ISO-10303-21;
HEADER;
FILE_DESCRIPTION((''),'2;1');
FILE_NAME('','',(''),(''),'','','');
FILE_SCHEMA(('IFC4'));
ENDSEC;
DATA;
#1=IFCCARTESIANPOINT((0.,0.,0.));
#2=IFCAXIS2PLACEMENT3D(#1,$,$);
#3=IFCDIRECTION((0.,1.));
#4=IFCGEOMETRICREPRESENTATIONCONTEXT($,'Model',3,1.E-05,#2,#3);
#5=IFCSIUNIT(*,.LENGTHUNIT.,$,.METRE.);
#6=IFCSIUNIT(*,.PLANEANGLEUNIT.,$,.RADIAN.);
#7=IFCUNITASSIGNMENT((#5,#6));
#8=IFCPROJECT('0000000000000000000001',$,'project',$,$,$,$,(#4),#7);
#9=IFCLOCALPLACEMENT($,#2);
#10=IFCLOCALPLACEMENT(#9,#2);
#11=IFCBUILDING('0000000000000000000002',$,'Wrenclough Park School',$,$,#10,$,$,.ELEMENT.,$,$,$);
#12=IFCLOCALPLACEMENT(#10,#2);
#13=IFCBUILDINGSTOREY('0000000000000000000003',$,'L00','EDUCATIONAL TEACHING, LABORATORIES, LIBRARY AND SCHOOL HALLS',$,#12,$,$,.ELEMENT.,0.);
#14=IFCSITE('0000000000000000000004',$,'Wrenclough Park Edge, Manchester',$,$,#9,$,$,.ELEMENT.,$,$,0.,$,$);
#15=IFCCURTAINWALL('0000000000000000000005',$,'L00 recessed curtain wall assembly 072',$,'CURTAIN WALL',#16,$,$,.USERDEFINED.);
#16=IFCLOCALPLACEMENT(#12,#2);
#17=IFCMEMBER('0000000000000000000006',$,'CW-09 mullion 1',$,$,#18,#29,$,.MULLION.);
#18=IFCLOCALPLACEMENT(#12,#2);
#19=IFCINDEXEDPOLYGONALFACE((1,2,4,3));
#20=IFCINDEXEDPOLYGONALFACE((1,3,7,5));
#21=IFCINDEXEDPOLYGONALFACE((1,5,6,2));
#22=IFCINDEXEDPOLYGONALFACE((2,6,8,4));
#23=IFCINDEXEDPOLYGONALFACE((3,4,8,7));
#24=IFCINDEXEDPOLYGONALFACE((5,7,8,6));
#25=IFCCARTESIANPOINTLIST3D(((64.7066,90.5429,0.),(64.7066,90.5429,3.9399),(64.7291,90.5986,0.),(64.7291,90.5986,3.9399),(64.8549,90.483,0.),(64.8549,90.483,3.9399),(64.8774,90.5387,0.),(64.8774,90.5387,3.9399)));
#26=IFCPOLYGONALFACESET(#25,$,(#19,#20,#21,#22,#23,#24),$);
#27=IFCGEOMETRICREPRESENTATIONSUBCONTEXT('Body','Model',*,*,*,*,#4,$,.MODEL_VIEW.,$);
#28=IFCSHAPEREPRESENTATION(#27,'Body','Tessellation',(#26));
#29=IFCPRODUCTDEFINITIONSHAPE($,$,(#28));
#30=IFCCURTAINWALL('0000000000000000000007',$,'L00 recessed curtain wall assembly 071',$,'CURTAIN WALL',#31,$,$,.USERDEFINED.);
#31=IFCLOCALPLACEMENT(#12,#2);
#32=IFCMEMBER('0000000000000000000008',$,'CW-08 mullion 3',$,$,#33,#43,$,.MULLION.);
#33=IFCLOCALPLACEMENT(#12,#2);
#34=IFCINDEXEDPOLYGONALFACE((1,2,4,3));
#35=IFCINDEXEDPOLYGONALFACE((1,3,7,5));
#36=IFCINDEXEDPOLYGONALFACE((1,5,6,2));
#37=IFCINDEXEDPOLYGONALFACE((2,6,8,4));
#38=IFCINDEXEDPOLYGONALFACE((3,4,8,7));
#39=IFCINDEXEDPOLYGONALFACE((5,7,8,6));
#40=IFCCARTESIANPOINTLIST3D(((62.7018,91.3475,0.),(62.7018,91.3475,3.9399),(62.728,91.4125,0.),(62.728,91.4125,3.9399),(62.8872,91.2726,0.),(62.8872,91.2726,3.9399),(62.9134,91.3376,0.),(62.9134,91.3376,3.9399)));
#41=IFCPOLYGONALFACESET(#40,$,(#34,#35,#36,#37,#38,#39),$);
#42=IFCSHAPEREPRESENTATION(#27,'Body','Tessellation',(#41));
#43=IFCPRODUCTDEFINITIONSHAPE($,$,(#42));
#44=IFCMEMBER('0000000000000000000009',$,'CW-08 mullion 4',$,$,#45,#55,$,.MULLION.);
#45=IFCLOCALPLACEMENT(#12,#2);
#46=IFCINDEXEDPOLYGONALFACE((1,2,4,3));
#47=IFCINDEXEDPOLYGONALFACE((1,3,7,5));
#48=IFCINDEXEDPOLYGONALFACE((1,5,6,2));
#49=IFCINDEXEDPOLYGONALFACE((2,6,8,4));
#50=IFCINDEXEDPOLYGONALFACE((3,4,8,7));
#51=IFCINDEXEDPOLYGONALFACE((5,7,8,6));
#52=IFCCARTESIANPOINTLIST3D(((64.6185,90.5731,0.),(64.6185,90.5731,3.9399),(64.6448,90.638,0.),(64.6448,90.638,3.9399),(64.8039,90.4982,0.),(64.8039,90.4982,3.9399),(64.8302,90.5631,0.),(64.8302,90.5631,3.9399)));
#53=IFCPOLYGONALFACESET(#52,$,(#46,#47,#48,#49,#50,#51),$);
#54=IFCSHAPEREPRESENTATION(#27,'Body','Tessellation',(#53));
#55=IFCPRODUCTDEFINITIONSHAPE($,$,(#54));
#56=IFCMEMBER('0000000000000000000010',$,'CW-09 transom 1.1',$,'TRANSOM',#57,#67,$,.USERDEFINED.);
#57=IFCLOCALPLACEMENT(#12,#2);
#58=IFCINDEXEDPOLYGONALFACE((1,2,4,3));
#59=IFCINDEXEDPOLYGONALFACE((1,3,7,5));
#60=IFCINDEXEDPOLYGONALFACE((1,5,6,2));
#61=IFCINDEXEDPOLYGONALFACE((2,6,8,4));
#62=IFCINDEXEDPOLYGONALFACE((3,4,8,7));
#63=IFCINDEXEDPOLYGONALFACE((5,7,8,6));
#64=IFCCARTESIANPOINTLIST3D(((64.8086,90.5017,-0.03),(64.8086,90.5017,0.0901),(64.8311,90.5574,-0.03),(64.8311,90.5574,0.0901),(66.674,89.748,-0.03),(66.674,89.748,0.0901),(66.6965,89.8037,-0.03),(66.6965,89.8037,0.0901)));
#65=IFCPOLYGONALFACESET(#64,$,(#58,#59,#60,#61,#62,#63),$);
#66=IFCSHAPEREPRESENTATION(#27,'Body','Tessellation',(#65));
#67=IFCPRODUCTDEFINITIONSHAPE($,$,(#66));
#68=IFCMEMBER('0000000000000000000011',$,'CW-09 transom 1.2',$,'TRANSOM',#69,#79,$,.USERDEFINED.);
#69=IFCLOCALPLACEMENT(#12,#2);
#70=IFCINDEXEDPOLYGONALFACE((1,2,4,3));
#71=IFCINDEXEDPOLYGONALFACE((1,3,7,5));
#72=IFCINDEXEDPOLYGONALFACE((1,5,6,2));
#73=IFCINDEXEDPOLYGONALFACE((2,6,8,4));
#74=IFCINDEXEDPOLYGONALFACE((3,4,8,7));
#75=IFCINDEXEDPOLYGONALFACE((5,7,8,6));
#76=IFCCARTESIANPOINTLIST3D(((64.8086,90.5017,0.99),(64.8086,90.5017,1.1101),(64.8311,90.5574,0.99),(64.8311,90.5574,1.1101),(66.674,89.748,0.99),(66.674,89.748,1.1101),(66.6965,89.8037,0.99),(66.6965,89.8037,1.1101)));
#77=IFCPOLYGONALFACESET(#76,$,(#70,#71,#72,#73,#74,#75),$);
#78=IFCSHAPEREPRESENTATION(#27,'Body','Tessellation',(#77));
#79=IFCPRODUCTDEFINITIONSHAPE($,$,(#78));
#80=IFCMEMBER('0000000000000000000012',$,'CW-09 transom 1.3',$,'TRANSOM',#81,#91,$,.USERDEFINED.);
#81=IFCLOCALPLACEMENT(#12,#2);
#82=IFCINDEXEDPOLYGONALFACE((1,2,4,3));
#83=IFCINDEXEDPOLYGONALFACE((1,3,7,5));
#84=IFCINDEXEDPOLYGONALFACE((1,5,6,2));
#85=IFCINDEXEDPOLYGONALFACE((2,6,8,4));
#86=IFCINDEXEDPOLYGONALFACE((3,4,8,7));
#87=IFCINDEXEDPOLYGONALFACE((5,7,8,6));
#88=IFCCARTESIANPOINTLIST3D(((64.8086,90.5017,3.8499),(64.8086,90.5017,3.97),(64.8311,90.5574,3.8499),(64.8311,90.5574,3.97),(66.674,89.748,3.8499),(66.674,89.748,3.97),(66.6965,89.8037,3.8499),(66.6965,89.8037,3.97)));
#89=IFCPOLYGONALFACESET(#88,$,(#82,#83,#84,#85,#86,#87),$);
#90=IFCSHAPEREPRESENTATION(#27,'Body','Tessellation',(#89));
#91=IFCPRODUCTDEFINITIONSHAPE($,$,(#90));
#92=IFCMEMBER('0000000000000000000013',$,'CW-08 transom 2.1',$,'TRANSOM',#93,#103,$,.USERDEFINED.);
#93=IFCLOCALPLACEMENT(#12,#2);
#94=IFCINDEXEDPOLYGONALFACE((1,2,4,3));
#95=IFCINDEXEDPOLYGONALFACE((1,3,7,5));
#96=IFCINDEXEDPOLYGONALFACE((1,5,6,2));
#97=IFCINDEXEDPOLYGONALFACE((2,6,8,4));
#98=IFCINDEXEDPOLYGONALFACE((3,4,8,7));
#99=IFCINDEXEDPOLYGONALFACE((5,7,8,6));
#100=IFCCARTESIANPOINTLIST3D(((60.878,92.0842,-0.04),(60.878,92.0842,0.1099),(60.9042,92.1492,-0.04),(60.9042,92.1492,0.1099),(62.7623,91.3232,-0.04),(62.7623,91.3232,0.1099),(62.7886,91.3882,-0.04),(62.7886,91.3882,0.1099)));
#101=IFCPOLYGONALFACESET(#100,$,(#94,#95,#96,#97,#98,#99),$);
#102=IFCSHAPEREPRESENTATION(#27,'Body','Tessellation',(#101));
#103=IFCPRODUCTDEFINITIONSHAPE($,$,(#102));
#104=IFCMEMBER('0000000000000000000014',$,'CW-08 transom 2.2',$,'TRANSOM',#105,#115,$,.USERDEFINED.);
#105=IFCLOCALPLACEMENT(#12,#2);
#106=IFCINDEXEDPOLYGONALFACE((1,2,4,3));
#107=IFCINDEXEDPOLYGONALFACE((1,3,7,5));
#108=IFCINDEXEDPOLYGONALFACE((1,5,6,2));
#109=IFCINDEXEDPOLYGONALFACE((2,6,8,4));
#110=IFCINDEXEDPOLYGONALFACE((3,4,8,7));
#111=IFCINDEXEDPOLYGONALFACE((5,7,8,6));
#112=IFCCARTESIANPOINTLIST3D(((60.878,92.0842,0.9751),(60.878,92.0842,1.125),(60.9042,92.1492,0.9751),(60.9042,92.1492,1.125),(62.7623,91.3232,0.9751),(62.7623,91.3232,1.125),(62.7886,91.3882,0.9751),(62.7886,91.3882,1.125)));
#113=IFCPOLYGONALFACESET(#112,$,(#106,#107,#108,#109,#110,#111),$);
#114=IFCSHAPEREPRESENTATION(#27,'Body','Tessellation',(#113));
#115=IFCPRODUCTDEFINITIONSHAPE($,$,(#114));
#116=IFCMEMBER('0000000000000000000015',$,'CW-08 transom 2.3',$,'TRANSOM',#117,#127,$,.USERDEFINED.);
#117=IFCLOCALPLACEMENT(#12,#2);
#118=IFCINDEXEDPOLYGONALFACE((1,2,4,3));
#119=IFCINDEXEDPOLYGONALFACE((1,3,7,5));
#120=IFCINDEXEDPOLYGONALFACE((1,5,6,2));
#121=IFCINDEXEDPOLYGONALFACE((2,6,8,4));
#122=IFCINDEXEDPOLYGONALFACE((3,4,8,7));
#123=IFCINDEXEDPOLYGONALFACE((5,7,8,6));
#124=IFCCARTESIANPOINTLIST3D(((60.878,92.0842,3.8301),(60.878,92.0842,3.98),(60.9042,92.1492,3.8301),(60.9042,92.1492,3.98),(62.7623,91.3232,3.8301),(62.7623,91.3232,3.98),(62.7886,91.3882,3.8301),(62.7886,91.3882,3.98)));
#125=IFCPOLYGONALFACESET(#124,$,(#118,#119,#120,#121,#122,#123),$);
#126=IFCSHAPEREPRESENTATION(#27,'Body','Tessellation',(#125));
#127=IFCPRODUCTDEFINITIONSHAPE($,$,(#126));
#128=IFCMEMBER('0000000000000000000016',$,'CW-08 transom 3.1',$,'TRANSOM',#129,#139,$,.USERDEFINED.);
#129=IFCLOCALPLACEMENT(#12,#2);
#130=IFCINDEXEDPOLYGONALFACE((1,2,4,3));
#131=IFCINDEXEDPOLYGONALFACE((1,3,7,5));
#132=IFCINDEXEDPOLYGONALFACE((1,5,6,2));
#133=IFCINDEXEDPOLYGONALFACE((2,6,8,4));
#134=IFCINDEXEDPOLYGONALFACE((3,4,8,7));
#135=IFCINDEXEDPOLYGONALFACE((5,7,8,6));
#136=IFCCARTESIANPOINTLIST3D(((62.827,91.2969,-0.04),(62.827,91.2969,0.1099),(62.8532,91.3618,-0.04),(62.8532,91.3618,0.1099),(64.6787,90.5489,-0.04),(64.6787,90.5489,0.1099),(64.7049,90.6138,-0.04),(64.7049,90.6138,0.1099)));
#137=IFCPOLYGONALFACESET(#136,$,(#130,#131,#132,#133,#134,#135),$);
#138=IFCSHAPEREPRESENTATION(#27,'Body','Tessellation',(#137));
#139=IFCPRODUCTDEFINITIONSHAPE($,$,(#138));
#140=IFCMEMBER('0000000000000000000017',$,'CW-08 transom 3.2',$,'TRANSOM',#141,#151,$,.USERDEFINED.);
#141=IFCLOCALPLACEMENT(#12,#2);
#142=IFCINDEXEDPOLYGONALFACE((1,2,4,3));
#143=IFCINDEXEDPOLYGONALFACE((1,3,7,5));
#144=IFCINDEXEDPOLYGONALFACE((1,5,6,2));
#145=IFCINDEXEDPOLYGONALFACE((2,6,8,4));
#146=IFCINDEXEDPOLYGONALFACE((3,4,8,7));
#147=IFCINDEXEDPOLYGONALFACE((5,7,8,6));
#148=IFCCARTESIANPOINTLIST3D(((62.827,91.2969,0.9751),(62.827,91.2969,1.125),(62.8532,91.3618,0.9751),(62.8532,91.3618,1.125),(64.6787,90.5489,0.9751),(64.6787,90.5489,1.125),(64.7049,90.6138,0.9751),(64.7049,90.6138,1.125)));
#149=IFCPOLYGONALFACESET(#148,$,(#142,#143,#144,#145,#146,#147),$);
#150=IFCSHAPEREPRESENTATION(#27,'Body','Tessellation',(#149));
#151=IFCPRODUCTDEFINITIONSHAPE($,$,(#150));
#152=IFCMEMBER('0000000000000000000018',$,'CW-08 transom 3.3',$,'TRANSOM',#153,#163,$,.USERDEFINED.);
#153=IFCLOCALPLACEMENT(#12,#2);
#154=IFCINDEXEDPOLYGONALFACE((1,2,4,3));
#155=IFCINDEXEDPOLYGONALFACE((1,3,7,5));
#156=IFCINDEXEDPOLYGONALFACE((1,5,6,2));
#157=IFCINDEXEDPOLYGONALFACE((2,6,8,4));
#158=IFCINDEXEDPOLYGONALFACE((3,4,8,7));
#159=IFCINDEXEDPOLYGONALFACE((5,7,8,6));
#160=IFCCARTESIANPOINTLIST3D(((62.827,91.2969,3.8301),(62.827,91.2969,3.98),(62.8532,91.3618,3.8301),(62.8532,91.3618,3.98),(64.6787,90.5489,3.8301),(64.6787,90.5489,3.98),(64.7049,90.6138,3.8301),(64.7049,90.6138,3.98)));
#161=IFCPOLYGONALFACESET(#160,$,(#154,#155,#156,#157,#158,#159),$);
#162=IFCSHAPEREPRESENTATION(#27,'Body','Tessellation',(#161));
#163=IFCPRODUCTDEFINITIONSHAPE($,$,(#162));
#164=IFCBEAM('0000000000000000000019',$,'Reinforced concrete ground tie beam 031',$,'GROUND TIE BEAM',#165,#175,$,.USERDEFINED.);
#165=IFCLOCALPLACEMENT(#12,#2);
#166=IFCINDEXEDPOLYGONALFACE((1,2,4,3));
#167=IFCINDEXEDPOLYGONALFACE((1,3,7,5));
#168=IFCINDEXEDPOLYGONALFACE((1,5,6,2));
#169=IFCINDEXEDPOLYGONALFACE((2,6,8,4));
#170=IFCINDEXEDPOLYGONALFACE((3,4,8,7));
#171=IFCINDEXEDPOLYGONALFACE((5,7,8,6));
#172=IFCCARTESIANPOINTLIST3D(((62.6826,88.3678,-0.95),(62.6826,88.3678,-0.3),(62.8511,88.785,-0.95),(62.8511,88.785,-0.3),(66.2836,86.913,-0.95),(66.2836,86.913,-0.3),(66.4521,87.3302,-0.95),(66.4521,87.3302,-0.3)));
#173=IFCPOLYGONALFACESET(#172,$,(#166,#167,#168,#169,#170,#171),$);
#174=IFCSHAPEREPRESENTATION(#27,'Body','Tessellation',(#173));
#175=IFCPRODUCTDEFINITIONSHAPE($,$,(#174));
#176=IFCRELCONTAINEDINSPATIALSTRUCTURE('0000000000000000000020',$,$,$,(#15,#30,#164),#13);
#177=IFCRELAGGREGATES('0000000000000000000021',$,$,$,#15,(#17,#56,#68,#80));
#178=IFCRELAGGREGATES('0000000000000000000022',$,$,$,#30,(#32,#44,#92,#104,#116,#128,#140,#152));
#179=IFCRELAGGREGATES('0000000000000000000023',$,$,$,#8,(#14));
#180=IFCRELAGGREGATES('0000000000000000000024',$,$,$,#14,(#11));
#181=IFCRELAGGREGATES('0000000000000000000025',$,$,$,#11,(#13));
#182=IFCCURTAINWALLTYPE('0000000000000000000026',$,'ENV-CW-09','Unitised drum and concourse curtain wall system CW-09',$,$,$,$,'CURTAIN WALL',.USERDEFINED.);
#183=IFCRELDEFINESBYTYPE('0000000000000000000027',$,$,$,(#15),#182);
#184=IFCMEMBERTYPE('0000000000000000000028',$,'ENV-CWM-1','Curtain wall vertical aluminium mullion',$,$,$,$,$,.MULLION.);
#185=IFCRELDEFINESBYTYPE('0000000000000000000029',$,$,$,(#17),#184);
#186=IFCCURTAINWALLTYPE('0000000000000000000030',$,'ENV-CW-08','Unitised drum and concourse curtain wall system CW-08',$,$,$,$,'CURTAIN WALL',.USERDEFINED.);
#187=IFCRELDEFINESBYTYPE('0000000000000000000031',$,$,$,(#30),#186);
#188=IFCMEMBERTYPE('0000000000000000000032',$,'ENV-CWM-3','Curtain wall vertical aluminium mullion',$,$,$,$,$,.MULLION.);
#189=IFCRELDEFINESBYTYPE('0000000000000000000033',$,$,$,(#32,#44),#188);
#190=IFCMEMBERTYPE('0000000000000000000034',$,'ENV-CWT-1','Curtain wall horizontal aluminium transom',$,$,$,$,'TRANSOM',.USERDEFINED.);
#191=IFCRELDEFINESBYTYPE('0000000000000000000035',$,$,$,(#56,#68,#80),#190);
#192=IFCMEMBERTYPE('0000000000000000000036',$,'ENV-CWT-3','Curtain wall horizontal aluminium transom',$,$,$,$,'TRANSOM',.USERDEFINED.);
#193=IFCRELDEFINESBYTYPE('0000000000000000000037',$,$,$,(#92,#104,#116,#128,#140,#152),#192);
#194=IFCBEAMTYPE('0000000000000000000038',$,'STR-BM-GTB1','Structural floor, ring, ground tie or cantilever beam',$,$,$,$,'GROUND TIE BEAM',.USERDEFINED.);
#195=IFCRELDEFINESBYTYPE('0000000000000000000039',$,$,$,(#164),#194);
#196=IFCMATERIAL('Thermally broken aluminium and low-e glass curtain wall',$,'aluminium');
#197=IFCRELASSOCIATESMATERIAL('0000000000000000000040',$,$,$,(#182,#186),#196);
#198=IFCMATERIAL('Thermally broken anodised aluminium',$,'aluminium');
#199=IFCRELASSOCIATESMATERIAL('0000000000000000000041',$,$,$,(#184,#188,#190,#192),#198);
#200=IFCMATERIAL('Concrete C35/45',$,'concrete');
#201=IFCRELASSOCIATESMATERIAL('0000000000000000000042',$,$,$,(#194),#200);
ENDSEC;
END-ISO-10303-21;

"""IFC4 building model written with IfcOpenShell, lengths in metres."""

from ifc_helpers import new_model, si_unit, direction, frame, origin, origin_2d, place, context, subcontext, project, spatial, rectangle, extrude, material, material_profile, profile_set, type_object, element, aggregate, save


model = new_model("IFC4")

# Units and contexts
model_context = context("Model", 3, precision=1e-05, world=origin(), true_north=direction((0.0, 1.0)))
body_context = subcontext(model_context, "Body", "Model", "MODEL_VIEW")
ifc_project = project(units=[si_unit("LENGTHUNIT", "METRE"), si_unit("PLANEANGLEUNIT", "RADIAN")], contexts=[model_context])

# Site, building, storey
site_placement = place(None, origin())
site = spatial("IfcSite", under=ifc_project, at=site_placement, Name="Wrenclough Park Edge, Manchester", CompositionType="ELEMENT", RefElevation=0.0)
building_placement = place(site_placement, origin())
building = spatial("IfcBuilding", under=site, at=building_placement, Name="Wrenclough Park School", CompositionType="ELEMENT")
storey_placement = place(building_placement, origin())
storey = spatial("IfcBuildingStorey", under=building, at=storey_placement, Name="L00", Description="EDUCATIONAL TEACHING, LABORATORIES, LIBRARY AND SCHOOL HALLS", CompositionType="ELEMENT", Elevation=0.0)

# Shared definitions
ifc_material_1 = material(Name="Concrete C35/45", Category="concrete")

# Curtain wall, member
ifc_material_2 = material(Name="Thermally broken aluminium and low-e glass curtain wall", Category="aluminium")
curtain_wall_type_1 = type_object("IfcCurtainWallType", Name="ENV-CW-09", Description="Unitised drum and concourse curtain wall system CW-09", ElementType="CURTAIN WALL", PredefinedType="USERDEFINED", material=ifc_material_2)
curtain_wall_1_placement = place(storey_placement, origin())
curtain_wall_1 = element("IfcCurtainWall", 1, at=curtain_wall_1_placement, inside=storey, type_object=curtain_wall_type_1, Name="L00 recessed curtain wall assembly 072", ObjectType="CURTAIN WALL", PredefinedType="USERDEFINED")
ifc_material_3 = material(Name="Thermally broken anodised aluminium", Category="aluminium")
ifc_material_profile_1 = material_profile(ifc_material_3, rectangle(XDim=0.0601, YDim=0.1599, at=origin_2d()), Name="AL MULLION 60x160")
ifc_profile_set_1 = profile_set([ifc_material_profile_1], Name="Thermally broken anodised aluminium")
member_type_1 = type_object("IfcMemberType", Name="ENV-CWM-1", Description="Curtain wall vertical aluminium mullion", PredefinedType="MULLION", material=ifc_profile_set_1)
member_1_placement = place(storey_placement, frame((64.792, 90.5408, 0.0), z_axis=(0.0, 0.0, 1.0), x_axis=(0.374606, 0.927184, 0.0)))
member_1 = element("IfcMember", 2, at=member_1_placement, type_object=member_type_1, Name="CW-09 mullion 1", PredefinedType="MULLION", context=body_context, shape_type="SweptSolid", body=[
    extrude(rectangle(XDim=0.0601, YDim=0.1599, at=origin_2d()), origin(), (0.0, 0.0, 1.0), 3.9399),
])

# Curtain wall, members
curtain_wall_type_2 = type_object("IfcCurtainWallType", Name="ENV-CW-08", Description="Unitised drum and concourse curtain wall system CW-08", ElementType="CURTAIN WALL", PredefinedType="USERDEFINED", material=ifc_material_2)
curtain_wall_2_placement = place(storey_placement, origin())
curtain_wall_2 = element("IfcCurtainWall", 3, at=curtain_wall_2_placement, inside=storey, type_object=curtain_wall_type_2, Name="L00 recessed curtain wall assembly 071", ObjectType="CURTAIN WALL", PredefinedType="USERDEFINED")
ifc_material_profile_2 = material_profile(ifc_material_3, rectangle(XDim=0.0701, YDim=0.2, at=origin_2d()), Name="AL MULLION 70x200")
ifc_profile_set_2 = profile_set([ifc_material_profile_2], Name="Thermally broken anodised aluminium")
member_type_2 = type_object("IfcMemberType", Name="ENV-CWM-3", Description="Curtain wall vertical aluminium mullion", PredefinedType="MULLION", material=ifc_profile_set_2)
member_2_placement = place(storey_placement, frame((62.8076, 91.3425, 0.0), z_axis=(0.0, 0.0, 1.0), x_axis=(0.374593, 0.927189, 0.0)))
member_2 = element("IfcMember", 4, at=member_2_placement, type_object=member_type_2, Name="CW-08 mullion 3", PredefinedType="MULLION", context=body_context, shape_type="SweptSolid", body=[
    extrude(rectangle(XDim=0.0701, YDim=0.2, at=origin_2d()), origin(), (0.0, 0.0, 1.0), 3.9399),
])
member_3_placement = place(storey_placement, frame((64.7244, 90.5681, 0.0), z_axis=(0.0, 0.0, 1.0), x_axis=(0.374593, 0.927189, 0.0)))
member_3 = element("IfcMember", 5, at=member_3_placement, type_object=member_type_2, Name="CW-08 mullion 4", PredefinedType="MULLION", context=body_context, shape_type="SweptSolid", body=[
    extrude(rectangle(XDim=0.0701, YDim=0.2, at=origin_2d()), origin(), (0.0, 0.0, 1.0), 3.9399),
])

# Members
ifc_material_profile_3 = material_profile(ifc_material_3, rectangle(XDim=0.0601, YDim=0.1201, at=origin_2d()), Name="AL TRANSOM 60x120")
ifc_profile_set_3 = profile_set([ifc_material_profile_3], Name="Thermally broken anodised aluminium")
member_type_3 = type_object("IfcMemberType", Name="ENV-CWT-1", Description="Curtain wall horizontal aluminium transom", ElementType="TRANSOM", PredefinedType="USERDEFINED", material=ifc_profile_set_3)
member_4_placement = place(storey_placement, frame((64.8198, 90.5295, 0.03), z_axis=(0.927191, -0.374589, 0.0), x_axis=(0.374589, 0.927191, 0.0)))
member_4 = element("IfcMember", 6, at=member_4_placement, type_object=member_type_3, Name="CW-09 transom 1.1", ObjectType="TRANSOM", PredefinedType="USERDEFINED", context=body_context, shape_type="SweptSolid", body=[
    extrude(rectangle(XDim=0.0601, YDim=0.1201, at=origin_2d()), origin(), (0.0, 0.0, 1.0), 2.012),
])
member_5_placement = place(storey_placement, frame((64.8198, 90.5295, 1.05), z_axis=(0.927191, -0.374589, 0.0), x_axis=(0.374589, 0.927191, 0.0)))
member_5 = element("IfcMember", 7, at=member_5_placement, type_object=member_type_3, Name="CW-09 transom 1.2", ObjectType="TRANSOM", PredefinedType="USERDEFINED", context=body_context, shape_type="SweptSolid", body=[
    extrude(rectangle(XDim=0.0601, YDim=0.1201, at=origin_2d()), origin(), (0.0, 0.0, 1.0), 2.012),
])
member_6_placement = place(storey_placement, frame((64.8198, 90.5295, 3.9099), z_axis=(0.927191, -0.374589, 0.0), x_axis=(0.374589, 0.927191, 0.0)))
member_6 = element("IfcMember", 8, at=member_6_placement, type_object=member_type_3, Name="CW-09 transom 1.3", ObjectType="TRANSOM", PredefinedType="USERDEFINED", context=body_context, shape_type="SweptSolid", body=[
    extrude(rectangle(XDim=0.0601, YDim=0.1201, at=origin_2d()), origin(), (0.0, 0.0, 1.0), 2.012),
])
ifc_material_profile_4 = material_profile(ifc_material_3, rectangle(XDim=0.0701, YDim=0.1499, at=origin_2d()), Name="AL TRANSOM 70x150")
ifc_profile_set_4 = profile_set([ifc_material_profile_4], Name="Thermally broken anodised aluminium")
member_type_4 = type_object("IfcMemberType", Name="ENV-CWT-3", Description="Curtain wall horizontal aluminium transom", ElementType="TRANSOM", PredefinedType="USERDEFINED", material=ifc_profile_set_4)
member_7_placement = place(storey_placement, frame((60.8911, 92.1167, 0.0349), z_axis=(0.927237, -0.374475, 0.0), x_axis=(0.374475, 0.927237, 0.0)))
member_7 = element("IfcMember", 9, at=member_7_placement, type_object=member_type_4, Name="CW-08 transom 2.1", ObjectType="TRANSOM", PredefinedType="USERDEFINED", context=body_context, shape_type="SweptSolid", body=[
    extrude(rectangle(XDim=0.0701, YDim=0.1499, at=origin_2d()), origin(), (0.0, 0.0, 1.0), 2.0322),
])
member_8_placement = place(storey_placement, frame((60.8911, 92.1167, 1.05), z_axis=(0.927237, -0.374475, 0.0), x_axis=(0.374475, 0.927237, 0.0)))
member_8 = element("IfcMember", 10, at=member_8_placement, type_object=member_type_4, Name="CW-08 transom 2.2", ObjectType="TRANSOM", PredefinedType="USERDEFINED", context=body_context, shape_type="SweptSolid", body=[
    extrude(rectangle(XDim=0.0701, YDim=0.1499, at=origin_2d()), origin(), (0.0, 0.0, 1.0), 2.0322),
])
member_9_placement = place(storey_placement, frame((60.8911, 92.1167, 3.905), z_axis=(0.927237, -0.374475, 0.0), x_axis=(0.374475, 0.927237, 0.0)))
member_9 = element("IfcMember", 11, at=member_9_placement, type_object=member_type_4, Name="CW-08 transom 2.3", ObjectType="TRANSOM", PredefinedType="USERDEFINED", context=body_context, shape_type="SweptSolid", body=[
    extrude(rectangle(XDim=0.0701, YDim=0.1499, at=origin_2d()), origin(), (0.0, 0.0, 1.0), 2.0322),
])
member_10_placement = place(storey_placement, frame((62.8401, 91.3293, 0.0349), z_axis=(0.927207, -0.37455, 0.0), x_axis=(0.37455, 0.927207, 0.0)))
member_10 = element("IfcMember", 12, at=member_10_placement, type_object=member_type_4, Name="CW-08 transom 3.1", ObjectType="TRANSOM", PredefinedType="USERDEFINED", context=body_context, shape_type="SweptSolid", body=[
    extrude(rectangle(XDim=0.0701, YDim=0.1499, at=origin_2d()), origin(), (0.0, 0.0, 1.0), 1.9971),
])
member_11_placement = place(storey_placement, frame((62.8401, 91.3293, 1.05), z_axis=(0.927207, -0.37455, 0.0), x_axis=(0.37455, 0.927207, 0.0)))
member_11 = element("IfcMember", 13, at=member_11_placement, type_object=member_type_4, Name="CW-08 transom 3.2", ObjectType="TRANSOM", PredefinedType="USERDEFINED", context=body_context, shape_type="SweptSolid", body=[
    extrude(rectangle(XDim=0.0701, YDim=0.1499, at=origin_2d()), origin(), (0.0, 0.0, 1.0), 1.9971),
])
member_12_placement = place(storey_placement, frame((62.8401, 91.3293, 3.905), z_axis=(0.927207, -0.37455, 0.0), x_axis=(0.37455, 0.927207, 0.0)))
member_12 = element("IfcMember", 14, at=member_12_placement, type_object=member_type_4, Name="CW-08 transom 3.3", ObjectType="TRANSOM", PredefinedType="USERDEFINED", context=body_context, shape_type="SweptSolid", body=[
    extrude(rectangle(XDim=0.0701, YDim=0.1499, at=origin_2d()), origin(), (0.0, 0.0, 1.0), 1.9971),
])

# Beam
ifc_material_profile_5 = material_profile(ifc_material_1, rectangle(XDim=0.45, YDim=0.6499, at=origin_2d()), Name="RC GROUND 450x650")
ifc_profile_set_5 = profile_set([ifc_material_profile_5], Name="Concrete C35/45")
beam_type = type_object("IfcBeamType", Name="STR-BM-GTB1", Description="Structural floor, ring, ground tie or cantilever beam", ElementType="GROUND TIE BEAM", PredefinedType="USERDEFINED", material=ifc_profile_set_5)
beam_placement = place(storey_placement, frame((62.7668, 88.5764, -0.625), z_axis=(0.927192, -0.374586, 0.0), x_axis=(0.374586, 0.927192, 0.0)))
element("IfcBeam", 15, at=beam_placement, inside=storey, type_object=beam_type, Name="Reinforced concrete ground tie beam 031", ObjectType="GROUND TIE BEAM", PredefinedType="USERDEFINED", context=body_context, shape_type="SweptSolid", body=[
    extrude(rectangle(XDim=0.45, YDim=0.6499, at=origin_2d()), origin(), (0.0, 0.0, 1.0), 3.8838),
])

aggregate(curtain_wall_1, [member_1, member_4, member_5, member_6])
aggregate(curtain_wall_2, [member_2, member_3, member_7, member_8, member_9, member_10, member_11, member_12])

save(model, "model.ifc")
